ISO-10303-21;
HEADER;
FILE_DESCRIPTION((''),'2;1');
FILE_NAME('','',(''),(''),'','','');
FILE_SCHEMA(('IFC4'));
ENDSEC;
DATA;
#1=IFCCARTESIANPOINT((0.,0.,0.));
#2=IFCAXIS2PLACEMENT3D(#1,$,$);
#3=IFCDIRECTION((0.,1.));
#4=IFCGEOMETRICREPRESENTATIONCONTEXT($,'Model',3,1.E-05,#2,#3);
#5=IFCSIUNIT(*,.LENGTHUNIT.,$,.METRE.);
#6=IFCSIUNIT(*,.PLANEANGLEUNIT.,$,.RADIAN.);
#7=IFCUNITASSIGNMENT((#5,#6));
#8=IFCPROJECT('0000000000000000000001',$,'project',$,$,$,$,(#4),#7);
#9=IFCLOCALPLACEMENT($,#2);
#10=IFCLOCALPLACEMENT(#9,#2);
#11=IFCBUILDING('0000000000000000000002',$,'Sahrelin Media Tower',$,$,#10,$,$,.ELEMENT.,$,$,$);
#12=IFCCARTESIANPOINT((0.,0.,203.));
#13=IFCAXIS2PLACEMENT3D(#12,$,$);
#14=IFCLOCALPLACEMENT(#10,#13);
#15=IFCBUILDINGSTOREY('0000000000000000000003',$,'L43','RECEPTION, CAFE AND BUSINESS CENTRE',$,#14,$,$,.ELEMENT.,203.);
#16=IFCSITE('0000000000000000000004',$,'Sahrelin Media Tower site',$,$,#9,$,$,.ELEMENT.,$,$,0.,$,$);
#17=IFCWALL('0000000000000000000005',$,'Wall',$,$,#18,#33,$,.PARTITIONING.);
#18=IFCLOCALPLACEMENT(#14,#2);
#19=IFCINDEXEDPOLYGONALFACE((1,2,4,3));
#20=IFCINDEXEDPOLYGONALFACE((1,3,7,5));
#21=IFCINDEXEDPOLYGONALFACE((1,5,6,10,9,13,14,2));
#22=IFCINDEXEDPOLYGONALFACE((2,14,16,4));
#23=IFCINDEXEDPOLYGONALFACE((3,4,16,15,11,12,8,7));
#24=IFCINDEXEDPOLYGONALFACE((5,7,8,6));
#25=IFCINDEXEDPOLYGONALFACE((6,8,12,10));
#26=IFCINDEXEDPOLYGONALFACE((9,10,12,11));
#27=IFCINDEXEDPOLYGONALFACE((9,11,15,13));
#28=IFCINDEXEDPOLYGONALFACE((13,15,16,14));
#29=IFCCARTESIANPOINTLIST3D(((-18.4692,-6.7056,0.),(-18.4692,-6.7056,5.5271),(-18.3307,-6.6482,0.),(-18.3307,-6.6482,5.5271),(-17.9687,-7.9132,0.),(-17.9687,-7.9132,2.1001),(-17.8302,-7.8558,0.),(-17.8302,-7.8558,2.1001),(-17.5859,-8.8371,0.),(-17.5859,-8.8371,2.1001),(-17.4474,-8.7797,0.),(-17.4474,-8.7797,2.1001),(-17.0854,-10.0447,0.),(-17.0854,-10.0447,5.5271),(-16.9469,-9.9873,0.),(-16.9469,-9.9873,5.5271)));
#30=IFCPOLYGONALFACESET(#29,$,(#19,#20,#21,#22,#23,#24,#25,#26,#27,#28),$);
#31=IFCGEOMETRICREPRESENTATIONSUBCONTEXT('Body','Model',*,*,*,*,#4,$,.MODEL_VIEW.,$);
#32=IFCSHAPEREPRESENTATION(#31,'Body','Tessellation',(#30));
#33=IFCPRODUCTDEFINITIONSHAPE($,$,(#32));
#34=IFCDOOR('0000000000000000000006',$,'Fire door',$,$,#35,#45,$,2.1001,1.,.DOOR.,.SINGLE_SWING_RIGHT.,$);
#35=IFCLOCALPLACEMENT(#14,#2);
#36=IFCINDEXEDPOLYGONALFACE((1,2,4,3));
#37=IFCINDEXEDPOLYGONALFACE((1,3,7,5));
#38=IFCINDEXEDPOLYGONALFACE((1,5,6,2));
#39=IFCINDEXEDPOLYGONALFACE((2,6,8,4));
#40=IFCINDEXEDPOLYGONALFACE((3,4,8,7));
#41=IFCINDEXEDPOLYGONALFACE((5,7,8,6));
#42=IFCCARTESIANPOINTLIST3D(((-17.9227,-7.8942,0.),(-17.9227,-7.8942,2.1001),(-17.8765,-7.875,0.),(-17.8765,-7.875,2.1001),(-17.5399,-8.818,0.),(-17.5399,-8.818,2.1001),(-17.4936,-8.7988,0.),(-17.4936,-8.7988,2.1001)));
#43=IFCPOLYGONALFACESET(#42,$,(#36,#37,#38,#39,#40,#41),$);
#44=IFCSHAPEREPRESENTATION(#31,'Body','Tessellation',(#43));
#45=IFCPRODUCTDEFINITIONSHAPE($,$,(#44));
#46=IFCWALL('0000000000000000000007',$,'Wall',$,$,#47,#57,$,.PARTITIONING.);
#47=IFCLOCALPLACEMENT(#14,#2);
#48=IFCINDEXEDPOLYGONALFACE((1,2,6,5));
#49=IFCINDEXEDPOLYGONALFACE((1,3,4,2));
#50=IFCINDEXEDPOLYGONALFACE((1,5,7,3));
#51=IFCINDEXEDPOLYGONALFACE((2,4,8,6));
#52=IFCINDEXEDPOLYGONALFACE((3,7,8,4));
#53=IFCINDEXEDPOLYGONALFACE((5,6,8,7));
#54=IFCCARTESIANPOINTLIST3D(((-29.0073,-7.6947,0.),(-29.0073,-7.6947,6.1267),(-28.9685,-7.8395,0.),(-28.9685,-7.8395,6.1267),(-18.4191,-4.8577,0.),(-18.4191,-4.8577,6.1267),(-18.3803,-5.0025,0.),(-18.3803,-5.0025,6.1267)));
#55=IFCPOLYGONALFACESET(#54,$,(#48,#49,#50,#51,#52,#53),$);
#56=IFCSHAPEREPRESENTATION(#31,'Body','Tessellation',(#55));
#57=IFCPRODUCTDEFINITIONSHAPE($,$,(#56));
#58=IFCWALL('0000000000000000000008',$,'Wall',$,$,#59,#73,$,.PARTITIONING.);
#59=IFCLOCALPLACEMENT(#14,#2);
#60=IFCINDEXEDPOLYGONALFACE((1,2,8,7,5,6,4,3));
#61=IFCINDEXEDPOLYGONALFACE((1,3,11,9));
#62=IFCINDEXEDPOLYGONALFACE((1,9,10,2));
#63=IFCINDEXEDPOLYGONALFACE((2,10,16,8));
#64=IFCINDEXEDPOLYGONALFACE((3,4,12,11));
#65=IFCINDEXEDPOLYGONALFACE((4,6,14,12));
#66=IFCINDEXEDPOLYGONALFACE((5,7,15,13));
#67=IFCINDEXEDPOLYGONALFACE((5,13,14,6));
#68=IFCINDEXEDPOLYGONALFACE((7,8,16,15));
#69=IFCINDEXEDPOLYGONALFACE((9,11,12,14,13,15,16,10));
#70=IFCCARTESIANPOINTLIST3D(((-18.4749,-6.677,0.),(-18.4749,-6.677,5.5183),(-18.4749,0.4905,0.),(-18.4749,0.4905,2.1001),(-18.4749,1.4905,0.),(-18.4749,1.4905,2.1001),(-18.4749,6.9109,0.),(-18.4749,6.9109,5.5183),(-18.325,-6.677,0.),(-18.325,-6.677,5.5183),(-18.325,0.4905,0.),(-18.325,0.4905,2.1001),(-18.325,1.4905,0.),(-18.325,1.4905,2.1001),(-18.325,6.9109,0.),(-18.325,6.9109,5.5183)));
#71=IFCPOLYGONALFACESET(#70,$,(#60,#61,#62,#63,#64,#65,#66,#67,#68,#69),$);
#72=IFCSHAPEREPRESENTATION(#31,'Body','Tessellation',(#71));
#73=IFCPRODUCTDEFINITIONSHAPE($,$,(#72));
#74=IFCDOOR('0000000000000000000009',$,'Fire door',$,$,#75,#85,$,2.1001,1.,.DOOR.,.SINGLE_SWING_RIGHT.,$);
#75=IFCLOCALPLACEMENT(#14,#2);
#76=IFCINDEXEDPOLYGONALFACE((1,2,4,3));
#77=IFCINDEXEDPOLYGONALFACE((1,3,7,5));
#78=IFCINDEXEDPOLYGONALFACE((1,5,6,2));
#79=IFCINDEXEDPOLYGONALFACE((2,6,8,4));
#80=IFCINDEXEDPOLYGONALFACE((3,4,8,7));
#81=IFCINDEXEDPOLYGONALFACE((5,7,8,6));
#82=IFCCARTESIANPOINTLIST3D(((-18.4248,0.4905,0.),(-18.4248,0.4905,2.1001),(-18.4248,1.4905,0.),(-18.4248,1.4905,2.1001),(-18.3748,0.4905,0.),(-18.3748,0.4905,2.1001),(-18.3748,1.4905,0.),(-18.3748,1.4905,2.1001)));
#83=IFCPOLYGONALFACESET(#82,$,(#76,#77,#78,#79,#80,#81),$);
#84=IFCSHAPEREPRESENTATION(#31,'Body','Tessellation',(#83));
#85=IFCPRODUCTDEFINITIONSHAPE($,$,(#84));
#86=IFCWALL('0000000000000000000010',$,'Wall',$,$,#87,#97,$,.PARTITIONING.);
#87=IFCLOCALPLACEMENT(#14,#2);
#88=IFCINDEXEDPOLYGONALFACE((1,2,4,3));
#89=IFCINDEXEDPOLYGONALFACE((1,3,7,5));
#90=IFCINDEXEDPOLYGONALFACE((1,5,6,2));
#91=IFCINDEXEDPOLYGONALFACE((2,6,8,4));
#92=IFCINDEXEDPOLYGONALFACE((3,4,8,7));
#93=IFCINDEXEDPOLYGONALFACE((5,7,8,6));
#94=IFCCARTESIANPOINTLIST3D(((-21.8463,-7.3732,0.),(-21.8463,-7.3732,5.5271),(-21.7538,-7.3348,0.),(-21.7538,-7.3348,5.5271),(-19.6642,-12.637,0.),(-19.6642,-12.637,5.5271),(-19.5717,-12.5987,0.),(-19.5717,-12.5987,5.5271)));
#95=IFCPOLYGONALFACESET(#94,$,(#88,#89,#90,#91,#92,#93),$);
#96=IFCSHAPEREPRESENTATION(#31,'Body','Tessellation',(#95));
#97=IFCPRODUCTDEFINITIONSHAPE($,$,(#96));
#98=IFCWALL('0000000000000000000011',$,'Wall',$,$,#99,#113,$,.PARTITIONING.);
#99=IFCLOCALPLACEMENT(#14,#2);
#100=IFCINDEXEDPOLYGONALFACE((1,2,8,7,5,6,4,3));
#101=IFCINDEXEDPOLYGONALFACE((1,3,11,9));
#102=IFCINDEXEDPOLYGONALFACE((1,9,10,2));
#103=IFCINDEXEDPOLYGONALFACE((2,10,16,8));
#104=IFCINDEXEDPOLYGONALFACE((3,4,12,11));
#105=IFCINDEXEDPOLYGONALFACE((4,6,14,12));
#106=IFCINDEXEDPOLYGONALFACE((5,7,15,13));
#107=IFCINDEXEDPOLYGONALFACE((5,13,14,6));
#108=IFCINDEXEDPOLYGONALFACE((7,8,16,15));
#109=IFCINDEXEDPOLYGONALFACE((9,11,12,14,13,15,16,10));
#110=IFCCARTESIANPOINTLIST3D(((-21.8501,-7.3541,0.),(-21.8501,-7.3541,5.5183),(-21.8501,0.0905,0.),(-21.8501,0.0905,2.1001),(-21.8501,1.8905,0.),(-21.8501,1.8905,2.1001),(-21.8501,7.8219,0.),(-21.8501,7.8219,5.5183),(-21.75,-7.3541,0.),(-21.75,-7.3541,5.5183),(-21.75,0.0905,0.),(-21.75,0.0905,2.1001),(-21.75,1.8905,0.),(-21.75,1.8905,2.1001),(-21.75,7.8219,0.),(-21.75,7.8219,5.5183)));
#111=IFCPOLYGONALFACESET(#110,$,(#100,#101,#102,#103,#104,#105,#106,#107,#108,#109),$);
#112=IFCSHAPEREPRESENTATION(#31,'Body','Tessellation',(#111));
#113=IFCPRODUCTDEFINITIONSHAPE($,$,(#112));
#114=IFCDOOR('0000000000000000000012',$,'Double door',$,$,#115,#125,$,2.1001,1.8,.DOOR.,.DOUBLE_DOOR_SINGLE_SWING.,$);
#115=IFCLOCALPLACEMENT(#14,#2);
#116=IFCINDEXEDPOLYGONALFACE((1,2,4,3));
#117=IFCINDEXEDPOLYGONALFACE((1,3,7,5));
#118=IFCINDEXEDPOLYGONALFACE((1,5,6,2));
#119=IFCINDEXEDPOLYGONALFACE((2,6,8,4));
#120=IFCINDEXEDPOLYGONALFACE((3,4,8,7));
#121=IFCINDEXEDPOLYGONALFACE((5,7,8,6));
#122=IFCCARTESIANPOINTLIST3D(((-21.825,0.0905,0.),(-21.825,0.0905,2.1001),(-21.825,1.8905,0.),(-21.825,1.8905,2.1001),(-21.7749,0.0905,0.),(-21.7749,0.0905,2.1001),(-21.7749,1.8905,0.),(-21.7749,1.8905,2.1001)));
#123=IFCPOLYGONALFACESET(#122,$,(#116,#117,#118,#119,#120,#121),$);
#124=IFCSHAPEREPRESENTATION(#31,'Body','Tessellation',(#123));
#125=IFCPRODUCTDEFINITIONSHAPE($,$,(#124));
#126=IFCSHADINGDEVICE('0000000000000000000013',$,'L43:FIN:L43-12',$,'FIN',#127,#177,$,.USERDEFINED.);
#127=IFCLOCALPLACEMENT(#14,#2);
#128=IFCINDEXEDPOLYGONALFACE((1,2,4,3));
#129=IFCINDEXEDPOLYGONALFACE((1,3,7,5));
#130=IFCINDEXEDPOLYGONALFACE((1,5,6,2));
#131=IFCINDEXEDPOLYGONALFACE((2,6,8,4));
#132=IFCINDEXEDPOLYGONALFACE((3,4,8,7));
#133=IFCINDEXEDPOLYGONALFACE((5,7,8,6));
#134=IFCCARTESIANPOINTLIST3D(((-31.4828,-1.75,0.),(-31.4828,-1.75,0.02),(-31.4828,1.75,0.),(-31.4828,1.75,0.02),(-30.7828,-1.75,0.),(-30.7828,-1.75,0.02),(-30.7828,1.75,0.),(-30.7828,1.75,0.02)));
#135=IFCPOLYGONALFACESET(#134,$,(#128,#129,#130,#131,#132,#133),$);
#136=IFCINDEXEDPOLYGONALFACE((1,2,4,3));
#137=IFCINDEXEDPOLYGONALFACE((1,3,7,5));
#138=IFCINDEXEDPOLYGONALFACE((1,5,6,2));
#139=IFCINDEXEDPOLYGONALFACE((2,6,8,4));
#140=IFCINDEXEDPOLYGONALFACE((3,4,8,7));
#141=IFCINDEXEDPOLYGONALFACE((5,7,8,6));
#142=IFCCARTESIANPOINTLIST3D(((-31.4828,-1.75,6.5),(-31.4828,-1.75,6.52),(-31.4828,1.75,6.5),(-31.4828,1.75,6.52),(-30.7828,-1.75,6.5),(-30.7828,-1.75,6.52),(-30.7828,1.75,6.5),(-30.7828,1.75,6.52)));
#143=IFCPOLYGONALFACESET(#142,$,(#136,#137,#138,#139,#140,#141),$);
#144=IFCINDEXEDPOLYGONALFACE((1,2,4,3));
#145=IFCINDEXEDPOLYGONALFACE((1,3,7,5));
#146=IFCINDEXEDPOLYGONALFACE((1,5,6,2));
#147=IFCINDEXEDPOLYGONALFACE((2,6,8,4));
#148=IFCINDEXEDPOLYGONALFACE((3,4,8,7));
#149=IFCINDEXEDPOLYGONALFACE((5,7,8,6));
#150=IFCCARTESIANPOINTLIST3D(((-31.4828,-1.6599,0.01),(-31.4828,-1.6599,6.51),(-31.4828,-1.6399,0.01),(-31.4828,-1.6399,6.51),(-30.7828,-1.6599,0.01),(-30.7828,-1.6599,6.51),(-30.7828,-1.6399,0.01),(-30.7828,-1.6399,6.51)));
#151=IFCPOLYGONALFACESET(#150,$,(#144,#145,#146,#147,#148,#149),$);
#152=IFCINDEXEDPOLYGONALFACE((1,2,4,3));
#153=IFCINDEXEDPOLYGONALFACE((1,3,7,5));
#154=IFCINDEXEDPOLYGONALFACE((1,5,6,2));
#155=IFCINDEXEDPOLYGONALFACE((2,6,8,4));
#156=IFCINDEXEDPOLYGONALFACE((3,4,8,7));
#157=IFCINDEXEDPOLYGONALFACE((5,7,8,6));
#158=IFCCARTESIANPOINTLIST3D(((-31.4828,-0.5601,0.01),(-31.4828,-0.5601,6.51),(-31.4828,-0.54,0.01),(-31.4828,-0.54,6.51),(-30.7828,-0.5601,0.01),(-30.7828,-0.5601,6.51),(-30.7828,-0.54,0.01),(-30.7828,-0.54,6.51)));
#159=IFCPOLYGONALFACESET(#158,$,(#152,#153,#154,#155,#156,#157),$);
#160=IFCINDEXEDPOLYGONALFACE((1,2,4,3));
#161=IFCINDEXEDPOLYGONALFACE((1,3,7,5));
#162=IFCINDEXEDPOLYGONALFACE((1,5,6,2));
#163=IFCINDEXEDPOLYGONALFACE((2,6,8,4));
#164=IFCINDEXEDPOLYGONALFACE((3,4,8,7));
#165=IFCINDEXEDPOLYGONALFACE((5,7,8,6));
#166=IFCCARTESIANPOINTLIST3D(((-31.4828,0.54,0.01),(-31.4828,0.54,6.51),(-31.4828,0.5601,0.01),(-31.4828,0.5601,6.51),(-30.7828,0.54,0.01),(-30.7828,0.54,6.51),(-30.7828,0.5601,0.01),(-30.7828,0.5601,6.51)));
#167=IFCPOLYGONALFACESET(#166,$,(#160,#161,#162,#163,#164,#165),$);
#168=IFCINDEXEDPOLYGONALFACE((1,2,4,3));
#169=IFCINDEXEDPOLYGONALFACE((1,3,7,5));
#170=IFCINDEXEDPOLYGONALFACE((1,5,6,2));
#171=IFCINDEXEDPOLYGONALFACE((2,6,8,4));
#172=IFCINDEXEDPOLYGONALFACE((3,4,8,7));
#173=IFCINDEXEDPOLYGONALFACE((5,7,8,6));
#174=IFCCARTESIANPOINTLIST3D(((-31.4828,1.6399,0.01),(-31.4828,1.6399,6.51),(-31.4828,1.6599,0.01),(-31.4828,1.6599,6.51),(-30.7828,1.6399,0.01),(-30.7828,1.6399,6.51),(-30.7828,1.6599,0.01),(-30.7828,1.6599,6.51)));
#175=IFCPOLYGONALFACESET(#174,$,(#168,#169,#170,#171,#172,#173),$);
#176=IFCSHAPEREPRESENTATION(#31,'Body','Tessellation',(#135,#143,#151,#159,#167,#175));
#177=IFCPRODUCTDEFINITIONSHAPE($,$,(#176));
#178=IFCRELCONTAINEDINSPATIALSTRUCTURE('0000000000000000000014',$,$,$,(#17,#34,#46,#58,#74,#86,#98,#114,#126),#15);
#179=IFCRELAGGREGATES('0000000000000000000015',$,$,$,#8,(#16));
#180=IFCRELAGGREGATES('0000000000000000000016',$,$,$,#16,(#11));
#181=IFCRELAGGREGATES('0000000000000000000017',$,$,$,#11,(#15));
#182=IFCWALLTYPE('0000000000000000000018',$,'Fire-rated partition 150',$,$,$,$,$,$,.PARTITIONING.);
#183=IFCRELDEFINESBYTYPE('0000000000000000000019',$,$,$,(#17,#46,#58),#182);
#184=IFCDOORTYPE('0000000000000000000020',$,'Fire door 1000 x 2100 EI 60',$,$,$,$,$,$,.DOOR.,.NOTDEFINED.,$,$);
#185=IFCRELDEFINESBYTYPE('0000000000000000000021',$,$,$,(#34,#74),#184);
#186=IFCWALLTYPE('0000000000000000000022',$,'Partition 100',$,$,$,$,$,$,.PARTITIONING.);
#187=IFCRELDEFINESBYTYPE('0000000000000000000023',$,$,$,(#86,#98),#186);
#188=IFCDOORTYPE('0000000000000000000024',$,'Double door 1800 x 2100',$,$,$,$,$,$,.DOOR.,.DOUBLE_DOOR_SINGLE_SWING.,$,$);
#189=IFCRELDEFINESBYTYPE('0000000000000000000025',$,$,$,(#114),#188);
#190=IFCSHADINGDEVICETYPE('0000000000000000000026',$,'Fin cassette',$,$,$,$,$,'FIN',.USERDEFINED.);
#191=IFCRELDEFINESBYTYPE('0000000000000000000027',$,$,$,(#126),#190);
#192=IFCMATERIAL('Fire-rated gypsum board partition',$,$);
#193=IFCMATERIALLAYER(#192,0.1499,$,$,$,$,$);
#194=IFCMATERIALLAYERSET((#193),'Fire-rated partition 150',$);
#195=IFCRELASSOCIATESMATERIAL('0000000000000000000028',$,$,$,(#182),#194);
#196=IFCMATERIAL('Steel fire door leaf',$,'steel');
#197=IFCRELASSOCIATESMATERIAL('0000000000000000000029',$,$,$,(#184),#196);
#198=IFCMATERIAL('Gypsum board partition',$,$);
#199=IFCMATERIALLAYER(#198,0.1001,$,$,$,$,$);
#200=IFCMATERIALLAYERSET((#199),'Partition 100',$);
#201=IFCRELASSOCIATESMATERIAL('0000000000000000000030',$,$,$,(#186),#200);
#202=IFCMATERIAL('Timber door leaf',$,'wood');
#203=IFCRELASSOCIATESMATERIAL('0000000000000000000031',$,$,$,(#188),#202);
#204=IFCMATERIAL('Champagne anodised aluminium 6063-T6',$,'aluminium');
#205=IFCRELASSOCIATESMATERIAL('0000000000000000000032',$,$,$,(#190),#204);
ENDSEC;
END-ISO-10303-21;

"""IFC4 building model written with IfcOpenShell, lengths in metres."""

from ifc_helpers import new_model, si_unit, direction, frame, frame_2d, origin, origin_2d, place, context, subcontext, project, spatial, rectangle, extrude, material, layer, layer_set, type_object, element, fill, save


model = new_model("IFC4")

# Units and contexts
model_context = context("Model", 3, precision=1e-05, world=origin(), true_north=direction((0.0, 1.0)))
body_context = subcontext(model_context, "Body", "Model", "MODEL_VIEW")
ifc_project = project(units=[si_unit("LENGTHUNIT", "METRE"), si_unit("PLANEANGLEUNIT", "RADIAN")], contexts=[model_context])

# Site, building, storey
site_placement = place(None, origin())
site = spatial("IfcSite", under=ifc_project, at=site_placement, Name="Sahrelin Media Tower site", CompositionType="ELEMENT", RefElevation=0.0)
building_placement = place(site_placement, origin())
building = spatial("IfcBuilding", under=site, at=building_placement, Name="Sahrelin Media Tower", CompositionType="ELEMENT")
storey_placement = place(building_placement, frame((0.0, 0.0, 203.0)))
storey = spatial("IfcBuildingStorey", under=building, at=storey_placement, Name="L43", Description="RECEPTION, CAFE AND BUSINESS CENTRE", CompositionType="ELEMENT", Elevation=203.0)

# Shared definitions
ifc_material_1 = material(Name="Champagne anodised aluminium 6063-T6", Category="aluminium")

# Wall, opening, door
ifc_material_2 = material(Name="Fire-rated gypsum board partition")
ifc_layer_1 = layer(ifc_material_2, 0.1499)
ifc_layer_set_1 = layer_set([ifc_layer_1], Name="Fire-rated partition 150")
wall_type_1 = type_object("IfcWallType", Name="Fire-rated partition 150", PredefinedType="PARTITIONING", material=ifc_layer_set_1)
wall_1_placement = place(storey_placement, frame((-18.3999, -6.677, 0.0), z_axis=(0.0, 0.0, 1.0), x_axis=(0.382845, -0.923813, 0.0)))
wall_1 = element("IfcWall", 1, at=wall_1_placement, inside=storey, type_object=wall_type_1, Name="Wall", PredefinedType="PARTITIONING", context=body_context, shape_type="SweptSolid", body=[
    extrude(rectangle(XDim=3.6145, YDim=0.1499, at=frame_2d((1.8071, 0.0))), origin(), (0.0, 0.0, 1.0), 5.5271),
])
opening_1_placement = place(wall_1_placement, frame((1.3071, 0.0, 0.0)))
opening_1 = element("IfcOpeningElement", 2, at=opening_1_placement, cuts=wall_1, PredefinedType="OPENING", context=body_context, shape_type="SweptSolid", body=[
    extrude(rectangle(XDim=1.0, YDim=2.1001, at=frame_2d((0.5, 1.05))), frame((0.0, 0.075, 0.0), z_axis=(0.0, -1.0, 0.0), x_axis=(1.0, 0.0, 0.0)), (0.0, 0.0, 1.0), 0.1499),
])
ifc_material_3 = material(Name="Steel fire door leaf", Category="steel")
door_type_1 = type_object("IfcDoorType", Name="Fire door 1000 x 2100 EI 60", OperationType="NOTDEFINED", PredefinedType="DOOR", material=ifc_material_3)
door_1_placement = place(opening_1_placement, origin())
door_1 = element("IfcDoor", 3, at=door_1_placement, inside=storey, type_object=door_type_1, Name="Fire door", OperationType="SINGLE_SWING_RIGHT", OverallHeight=2.1001, OverallWidth=1.0, PredefinedType="DOOR", context=body_context, shape_type="SweptSolid", body=[
    extrude(rectangle(XDim=1.0, YDim=2.1001, at=frame_2d((0.5, 1.05))), frame((0.0, 0.0249, 0.0), z_axis=(0.0, -1.0, 0.0), x_axis=(1.0, 0.0, 0.0)), (0.0, 0.0, 1.0), 0.05),
])
fill(opening_1, door_1)

# Wall
wall_2_placement = place(storey_placement, frame((-28.988, -7.7671, 0.0), z_axis=(0.0, 0.0, 1.0), x_axis=(0.96593, 0.258805, 0.0)))
element("IfcWall", 4, at=wall_2_placement, inside=storey, type_object=wall_type_1, Name="Wall", PredefinedType="PARTITIONING", context=body_context, shape_type="SweptSolid", body=[
    extrude(rectangle(XDim=10.9617, YDim=0.1499, at=frame_2d((5.481, 0.0))), origin(), (0.0, 0.0, 1.0), 6.1267),
])

# Wall, opening, door
wall_3_placement = place(storey_placement, frame((-18.3999, -6.677, 0.0), z_axis=(0.0, 0.0, 1.0), x_axis=(0.0, 1.0, 0.0)))
wall_3 = element("IfcWall", 5, at=wall_3_placement, inside=storey, type_object=wall_type_1, Name="Wall", PredefinedType="PARTITIONING", context=body_context, shape_type="SweptSolid", body=[
    extrude(rectangle(XDim=13.5879, YDim=0.1499, at=frame_2d((6.7939, 0.0))), origin(), (0.0, 0.0, 1.0), 5.5183),
])
opening_2_placement = place(wall_3_placement, frame((7.1675, 0.0, 0.0)))
opening_2 = element("IfcOpeningElement", 6, at=opening_2_placement, cuts=wall_3, PredefinedType="OPENING", context=body_context, shape_type="SweptSolid", body=[
    extrude(rectangle(XDim=1.0, YDim=2.1001, at=frame_2d((0.5, 1.05))), frame((0.0, 0.075, 0.0), z_axis=(0.0, -1.0, 0.0), x_axis=(1.0, 0.0, 0.0)), (0.0, 0.0, 1.0), 0.1499),
])
door_2_placement = place(opening_2_placement, origin())
door_2 = element("IfcDoor", 7, at=door_2_placement, inside=storey, type_object=door_type_1, Name="Fire door", OperationType="SINGLE_SWING_RIGHT", OverallHeight=2.1001, OverallWidth=1.0, PredefinedType="DOOR", context=body_context, shape_type="SweptSolid", body=[
    extrude(rectangle(XDim=1.0, YDim=2.1001, at=frame_2d((0.5, 1.05))), frame((0.0, 0.0249, 0.0), z_axis=(0.0, -1.0, 0.0), x_axis=(1.0, 0.0, 0.0)), (0.0, 0.0, 1.0), 0.05),
])
fill(opening_2, door_2)

# Wall
ifc_material_4 = material(Name="Gypsum board partition")
ifc_layer_2 = layer(ifc_material_4, 0.1001)
ifc_layer_set_2 = layer_set([ifc_layer_2], Name="Partition 100")
wall_type_2 = type_object("IfcWallType", Name="Partition 100", PredefinedType="PARTITIONING", material=ifc_layer_set_2)
wall_4_placement = place(storey_placement, frame((-21.8, -7.354, 0.0), z_axis=(0.0, 0.0, 1.0), x_axis=(0.382945, -0.923771, 0.0)))
element("IfcWall", 8, at=wall_4_placement, inside=storey, type_object=wall_type_2, Name="Wall", PredefinedType="PARTITIONING", context=body_context, shape_type="SweptSolid", body=[
    extrude(rectangle(XDim=5.6982, YDim=0.1001, at=frame_2d((2.8491, 0.0))), origin(), (0.0, 0.0, 1.0), 5.5271),
])

# Wall, opening, door
wall_5_placement = place(storey_placement, frame((-21.8, -7.354, 0.0), z_axis=(0.0, 0.0, 1.0), x_axis=(0.0, 1.0, 0.0)))
wall_5 = element("IfcWall", 9, at=wall_5_placement, inside=storey, type_object=wall_type_2, Name="Wall", PredefinedType="PARTITIONING", context=body_context, shape_type="SweptSolid", body=[
    extrude(rectangle(XDim=15.176, YDim=0.1001, at=frame_2d((7.5879, 0.0))), origin(), (0.0, 0.0, 1.0), 5.5183),
])
opening_3_placement = place(wall_5_placement, frame((7.4446, 0.0, 0.0)))
opening_3 = element("IfcOpeningElement", 10, at=opening_3_placement, cuts=wall_5, PredefinedType="OPENING", context=body_context, shape_type="SweptSolid", body=[
    extrude(rectangle(XDim=1.8, YDim=2.1001, at=frame_2d((0.8999, 1.05))), frame((0.0, 0.05, 0.0), z_axis=(0.0, -1.0, 0.0), x_axis=(1.0, 0.0, 0.0)), (0.0, 0.0, 1.0), 0.1001),
])
ifc_material_5 = material(Name="Timber door leaf", Category="wood")
door_type_2 = type_object("IfcDoorType", Name="Double door 1800 x 2100", OperationType="DOUBLE_DOOR_SINGLE_SWING", PredefinedType="DOOR", material=ifc_material_5)
door_3_placement = place(opening_3_placement, origin())
door_3 = element("IfcDoor", 11, at=door_3_placement, inside=storey, type_object=door_type_2, Name="Double door", OperationType="DOUBLE_DOOR_SINGLE_SWING", OverallHeight=2.1001, OverallWidth=1.8, PredefinedType="DOOR", context=body_context, shape_type="SweptSolid", body=[
    extrude(rectangle(XDim=1.8, YDim=2.1001, at=frame_2d((0.8999, 1.05))), frame((0.0, 0.0249, 0.0), z_axis=(0.0, -1.0, 0.0), x_axis=(1.0, 0.0, 0.0)), (0.0, 0.0, 1.0), 0.05),
])
fill(opening_3, door_3)

# Shading device
shading_device_type_1 = type_object("IfcShadingDeviceType", Name="Fin cassette", ElementType="FIN", PredefinedType="USERDEFINED", material=ifc_material_1)
placement_1 = place(storey_placement, frame((-30.7129, 0.0, 0.0), z_axis=(0.0, 0.0, 1.0), x_axis=(0.0, 1.0, 0.0)))
element("IfcShadingDevice", 12, at=placement_1, inside=storey, type_object=shading_device_type_1, Name="L43:FIN:L43-12", ObjectType="FIN", PredefinedType="USERDEFINED", context=body_context, shape_type="SweptSolid", body=[
    extrude(rectangle(XDim=3.5, YDim=0.7, at=origin_2d()), frame((0.0, 0.4199, 0.0)), (0.0, 0.0, 1.0), 0.02),
    extrude(rectangle(XDim=3.5, YDim=0.7, at=origin_2d()), frame((0.0, 0.4199, 6.5)), (0.0, 0.0, 1.0), 0.02),
    extrude(rectangle(XDim=0.02, YDim=0.7, at=origin_2d()), frame((-1.6499, 0.4199, 0.01), z_axis=(0.0, 0.0, 1.0), x_axis=(1.0, 0.0, 0.0)), (0.0, 0.0, 1.0), 6.5),
    extrude(rectangle(XDim=0.02, YDim=0.7, at=origin_2d()), frame((-0.55, 0.4199, 0.01), z_axis=(0.0, 0.0, 1.0), x_axis=(1.0, 0.0, 0.0)), (0.0, 0.0, 1.0), 6.5),
    extrude(rectangle(XDim=0.02, YDim=0.7, at=origin_2d()), frame((0.55, 0.4199, 0.01), z_axis=(0.0, 0.0, 1.0), x_axis=(1.0, 0.0, 0.0)), (0.0, 0.0, 1.0), 6.5),
    extrude(rectangle(XDim=0.02, YDim=0.7, at=origin_2d()), frame((1.6499, 0.4199, 0.01), z_axis=(0.0, 0.0, 1.0), x_axis=(1.0, 0.0, 0.0)), (0.0, 0.0, 1.0), 6.5),
])

save(model, "model.ifc")
